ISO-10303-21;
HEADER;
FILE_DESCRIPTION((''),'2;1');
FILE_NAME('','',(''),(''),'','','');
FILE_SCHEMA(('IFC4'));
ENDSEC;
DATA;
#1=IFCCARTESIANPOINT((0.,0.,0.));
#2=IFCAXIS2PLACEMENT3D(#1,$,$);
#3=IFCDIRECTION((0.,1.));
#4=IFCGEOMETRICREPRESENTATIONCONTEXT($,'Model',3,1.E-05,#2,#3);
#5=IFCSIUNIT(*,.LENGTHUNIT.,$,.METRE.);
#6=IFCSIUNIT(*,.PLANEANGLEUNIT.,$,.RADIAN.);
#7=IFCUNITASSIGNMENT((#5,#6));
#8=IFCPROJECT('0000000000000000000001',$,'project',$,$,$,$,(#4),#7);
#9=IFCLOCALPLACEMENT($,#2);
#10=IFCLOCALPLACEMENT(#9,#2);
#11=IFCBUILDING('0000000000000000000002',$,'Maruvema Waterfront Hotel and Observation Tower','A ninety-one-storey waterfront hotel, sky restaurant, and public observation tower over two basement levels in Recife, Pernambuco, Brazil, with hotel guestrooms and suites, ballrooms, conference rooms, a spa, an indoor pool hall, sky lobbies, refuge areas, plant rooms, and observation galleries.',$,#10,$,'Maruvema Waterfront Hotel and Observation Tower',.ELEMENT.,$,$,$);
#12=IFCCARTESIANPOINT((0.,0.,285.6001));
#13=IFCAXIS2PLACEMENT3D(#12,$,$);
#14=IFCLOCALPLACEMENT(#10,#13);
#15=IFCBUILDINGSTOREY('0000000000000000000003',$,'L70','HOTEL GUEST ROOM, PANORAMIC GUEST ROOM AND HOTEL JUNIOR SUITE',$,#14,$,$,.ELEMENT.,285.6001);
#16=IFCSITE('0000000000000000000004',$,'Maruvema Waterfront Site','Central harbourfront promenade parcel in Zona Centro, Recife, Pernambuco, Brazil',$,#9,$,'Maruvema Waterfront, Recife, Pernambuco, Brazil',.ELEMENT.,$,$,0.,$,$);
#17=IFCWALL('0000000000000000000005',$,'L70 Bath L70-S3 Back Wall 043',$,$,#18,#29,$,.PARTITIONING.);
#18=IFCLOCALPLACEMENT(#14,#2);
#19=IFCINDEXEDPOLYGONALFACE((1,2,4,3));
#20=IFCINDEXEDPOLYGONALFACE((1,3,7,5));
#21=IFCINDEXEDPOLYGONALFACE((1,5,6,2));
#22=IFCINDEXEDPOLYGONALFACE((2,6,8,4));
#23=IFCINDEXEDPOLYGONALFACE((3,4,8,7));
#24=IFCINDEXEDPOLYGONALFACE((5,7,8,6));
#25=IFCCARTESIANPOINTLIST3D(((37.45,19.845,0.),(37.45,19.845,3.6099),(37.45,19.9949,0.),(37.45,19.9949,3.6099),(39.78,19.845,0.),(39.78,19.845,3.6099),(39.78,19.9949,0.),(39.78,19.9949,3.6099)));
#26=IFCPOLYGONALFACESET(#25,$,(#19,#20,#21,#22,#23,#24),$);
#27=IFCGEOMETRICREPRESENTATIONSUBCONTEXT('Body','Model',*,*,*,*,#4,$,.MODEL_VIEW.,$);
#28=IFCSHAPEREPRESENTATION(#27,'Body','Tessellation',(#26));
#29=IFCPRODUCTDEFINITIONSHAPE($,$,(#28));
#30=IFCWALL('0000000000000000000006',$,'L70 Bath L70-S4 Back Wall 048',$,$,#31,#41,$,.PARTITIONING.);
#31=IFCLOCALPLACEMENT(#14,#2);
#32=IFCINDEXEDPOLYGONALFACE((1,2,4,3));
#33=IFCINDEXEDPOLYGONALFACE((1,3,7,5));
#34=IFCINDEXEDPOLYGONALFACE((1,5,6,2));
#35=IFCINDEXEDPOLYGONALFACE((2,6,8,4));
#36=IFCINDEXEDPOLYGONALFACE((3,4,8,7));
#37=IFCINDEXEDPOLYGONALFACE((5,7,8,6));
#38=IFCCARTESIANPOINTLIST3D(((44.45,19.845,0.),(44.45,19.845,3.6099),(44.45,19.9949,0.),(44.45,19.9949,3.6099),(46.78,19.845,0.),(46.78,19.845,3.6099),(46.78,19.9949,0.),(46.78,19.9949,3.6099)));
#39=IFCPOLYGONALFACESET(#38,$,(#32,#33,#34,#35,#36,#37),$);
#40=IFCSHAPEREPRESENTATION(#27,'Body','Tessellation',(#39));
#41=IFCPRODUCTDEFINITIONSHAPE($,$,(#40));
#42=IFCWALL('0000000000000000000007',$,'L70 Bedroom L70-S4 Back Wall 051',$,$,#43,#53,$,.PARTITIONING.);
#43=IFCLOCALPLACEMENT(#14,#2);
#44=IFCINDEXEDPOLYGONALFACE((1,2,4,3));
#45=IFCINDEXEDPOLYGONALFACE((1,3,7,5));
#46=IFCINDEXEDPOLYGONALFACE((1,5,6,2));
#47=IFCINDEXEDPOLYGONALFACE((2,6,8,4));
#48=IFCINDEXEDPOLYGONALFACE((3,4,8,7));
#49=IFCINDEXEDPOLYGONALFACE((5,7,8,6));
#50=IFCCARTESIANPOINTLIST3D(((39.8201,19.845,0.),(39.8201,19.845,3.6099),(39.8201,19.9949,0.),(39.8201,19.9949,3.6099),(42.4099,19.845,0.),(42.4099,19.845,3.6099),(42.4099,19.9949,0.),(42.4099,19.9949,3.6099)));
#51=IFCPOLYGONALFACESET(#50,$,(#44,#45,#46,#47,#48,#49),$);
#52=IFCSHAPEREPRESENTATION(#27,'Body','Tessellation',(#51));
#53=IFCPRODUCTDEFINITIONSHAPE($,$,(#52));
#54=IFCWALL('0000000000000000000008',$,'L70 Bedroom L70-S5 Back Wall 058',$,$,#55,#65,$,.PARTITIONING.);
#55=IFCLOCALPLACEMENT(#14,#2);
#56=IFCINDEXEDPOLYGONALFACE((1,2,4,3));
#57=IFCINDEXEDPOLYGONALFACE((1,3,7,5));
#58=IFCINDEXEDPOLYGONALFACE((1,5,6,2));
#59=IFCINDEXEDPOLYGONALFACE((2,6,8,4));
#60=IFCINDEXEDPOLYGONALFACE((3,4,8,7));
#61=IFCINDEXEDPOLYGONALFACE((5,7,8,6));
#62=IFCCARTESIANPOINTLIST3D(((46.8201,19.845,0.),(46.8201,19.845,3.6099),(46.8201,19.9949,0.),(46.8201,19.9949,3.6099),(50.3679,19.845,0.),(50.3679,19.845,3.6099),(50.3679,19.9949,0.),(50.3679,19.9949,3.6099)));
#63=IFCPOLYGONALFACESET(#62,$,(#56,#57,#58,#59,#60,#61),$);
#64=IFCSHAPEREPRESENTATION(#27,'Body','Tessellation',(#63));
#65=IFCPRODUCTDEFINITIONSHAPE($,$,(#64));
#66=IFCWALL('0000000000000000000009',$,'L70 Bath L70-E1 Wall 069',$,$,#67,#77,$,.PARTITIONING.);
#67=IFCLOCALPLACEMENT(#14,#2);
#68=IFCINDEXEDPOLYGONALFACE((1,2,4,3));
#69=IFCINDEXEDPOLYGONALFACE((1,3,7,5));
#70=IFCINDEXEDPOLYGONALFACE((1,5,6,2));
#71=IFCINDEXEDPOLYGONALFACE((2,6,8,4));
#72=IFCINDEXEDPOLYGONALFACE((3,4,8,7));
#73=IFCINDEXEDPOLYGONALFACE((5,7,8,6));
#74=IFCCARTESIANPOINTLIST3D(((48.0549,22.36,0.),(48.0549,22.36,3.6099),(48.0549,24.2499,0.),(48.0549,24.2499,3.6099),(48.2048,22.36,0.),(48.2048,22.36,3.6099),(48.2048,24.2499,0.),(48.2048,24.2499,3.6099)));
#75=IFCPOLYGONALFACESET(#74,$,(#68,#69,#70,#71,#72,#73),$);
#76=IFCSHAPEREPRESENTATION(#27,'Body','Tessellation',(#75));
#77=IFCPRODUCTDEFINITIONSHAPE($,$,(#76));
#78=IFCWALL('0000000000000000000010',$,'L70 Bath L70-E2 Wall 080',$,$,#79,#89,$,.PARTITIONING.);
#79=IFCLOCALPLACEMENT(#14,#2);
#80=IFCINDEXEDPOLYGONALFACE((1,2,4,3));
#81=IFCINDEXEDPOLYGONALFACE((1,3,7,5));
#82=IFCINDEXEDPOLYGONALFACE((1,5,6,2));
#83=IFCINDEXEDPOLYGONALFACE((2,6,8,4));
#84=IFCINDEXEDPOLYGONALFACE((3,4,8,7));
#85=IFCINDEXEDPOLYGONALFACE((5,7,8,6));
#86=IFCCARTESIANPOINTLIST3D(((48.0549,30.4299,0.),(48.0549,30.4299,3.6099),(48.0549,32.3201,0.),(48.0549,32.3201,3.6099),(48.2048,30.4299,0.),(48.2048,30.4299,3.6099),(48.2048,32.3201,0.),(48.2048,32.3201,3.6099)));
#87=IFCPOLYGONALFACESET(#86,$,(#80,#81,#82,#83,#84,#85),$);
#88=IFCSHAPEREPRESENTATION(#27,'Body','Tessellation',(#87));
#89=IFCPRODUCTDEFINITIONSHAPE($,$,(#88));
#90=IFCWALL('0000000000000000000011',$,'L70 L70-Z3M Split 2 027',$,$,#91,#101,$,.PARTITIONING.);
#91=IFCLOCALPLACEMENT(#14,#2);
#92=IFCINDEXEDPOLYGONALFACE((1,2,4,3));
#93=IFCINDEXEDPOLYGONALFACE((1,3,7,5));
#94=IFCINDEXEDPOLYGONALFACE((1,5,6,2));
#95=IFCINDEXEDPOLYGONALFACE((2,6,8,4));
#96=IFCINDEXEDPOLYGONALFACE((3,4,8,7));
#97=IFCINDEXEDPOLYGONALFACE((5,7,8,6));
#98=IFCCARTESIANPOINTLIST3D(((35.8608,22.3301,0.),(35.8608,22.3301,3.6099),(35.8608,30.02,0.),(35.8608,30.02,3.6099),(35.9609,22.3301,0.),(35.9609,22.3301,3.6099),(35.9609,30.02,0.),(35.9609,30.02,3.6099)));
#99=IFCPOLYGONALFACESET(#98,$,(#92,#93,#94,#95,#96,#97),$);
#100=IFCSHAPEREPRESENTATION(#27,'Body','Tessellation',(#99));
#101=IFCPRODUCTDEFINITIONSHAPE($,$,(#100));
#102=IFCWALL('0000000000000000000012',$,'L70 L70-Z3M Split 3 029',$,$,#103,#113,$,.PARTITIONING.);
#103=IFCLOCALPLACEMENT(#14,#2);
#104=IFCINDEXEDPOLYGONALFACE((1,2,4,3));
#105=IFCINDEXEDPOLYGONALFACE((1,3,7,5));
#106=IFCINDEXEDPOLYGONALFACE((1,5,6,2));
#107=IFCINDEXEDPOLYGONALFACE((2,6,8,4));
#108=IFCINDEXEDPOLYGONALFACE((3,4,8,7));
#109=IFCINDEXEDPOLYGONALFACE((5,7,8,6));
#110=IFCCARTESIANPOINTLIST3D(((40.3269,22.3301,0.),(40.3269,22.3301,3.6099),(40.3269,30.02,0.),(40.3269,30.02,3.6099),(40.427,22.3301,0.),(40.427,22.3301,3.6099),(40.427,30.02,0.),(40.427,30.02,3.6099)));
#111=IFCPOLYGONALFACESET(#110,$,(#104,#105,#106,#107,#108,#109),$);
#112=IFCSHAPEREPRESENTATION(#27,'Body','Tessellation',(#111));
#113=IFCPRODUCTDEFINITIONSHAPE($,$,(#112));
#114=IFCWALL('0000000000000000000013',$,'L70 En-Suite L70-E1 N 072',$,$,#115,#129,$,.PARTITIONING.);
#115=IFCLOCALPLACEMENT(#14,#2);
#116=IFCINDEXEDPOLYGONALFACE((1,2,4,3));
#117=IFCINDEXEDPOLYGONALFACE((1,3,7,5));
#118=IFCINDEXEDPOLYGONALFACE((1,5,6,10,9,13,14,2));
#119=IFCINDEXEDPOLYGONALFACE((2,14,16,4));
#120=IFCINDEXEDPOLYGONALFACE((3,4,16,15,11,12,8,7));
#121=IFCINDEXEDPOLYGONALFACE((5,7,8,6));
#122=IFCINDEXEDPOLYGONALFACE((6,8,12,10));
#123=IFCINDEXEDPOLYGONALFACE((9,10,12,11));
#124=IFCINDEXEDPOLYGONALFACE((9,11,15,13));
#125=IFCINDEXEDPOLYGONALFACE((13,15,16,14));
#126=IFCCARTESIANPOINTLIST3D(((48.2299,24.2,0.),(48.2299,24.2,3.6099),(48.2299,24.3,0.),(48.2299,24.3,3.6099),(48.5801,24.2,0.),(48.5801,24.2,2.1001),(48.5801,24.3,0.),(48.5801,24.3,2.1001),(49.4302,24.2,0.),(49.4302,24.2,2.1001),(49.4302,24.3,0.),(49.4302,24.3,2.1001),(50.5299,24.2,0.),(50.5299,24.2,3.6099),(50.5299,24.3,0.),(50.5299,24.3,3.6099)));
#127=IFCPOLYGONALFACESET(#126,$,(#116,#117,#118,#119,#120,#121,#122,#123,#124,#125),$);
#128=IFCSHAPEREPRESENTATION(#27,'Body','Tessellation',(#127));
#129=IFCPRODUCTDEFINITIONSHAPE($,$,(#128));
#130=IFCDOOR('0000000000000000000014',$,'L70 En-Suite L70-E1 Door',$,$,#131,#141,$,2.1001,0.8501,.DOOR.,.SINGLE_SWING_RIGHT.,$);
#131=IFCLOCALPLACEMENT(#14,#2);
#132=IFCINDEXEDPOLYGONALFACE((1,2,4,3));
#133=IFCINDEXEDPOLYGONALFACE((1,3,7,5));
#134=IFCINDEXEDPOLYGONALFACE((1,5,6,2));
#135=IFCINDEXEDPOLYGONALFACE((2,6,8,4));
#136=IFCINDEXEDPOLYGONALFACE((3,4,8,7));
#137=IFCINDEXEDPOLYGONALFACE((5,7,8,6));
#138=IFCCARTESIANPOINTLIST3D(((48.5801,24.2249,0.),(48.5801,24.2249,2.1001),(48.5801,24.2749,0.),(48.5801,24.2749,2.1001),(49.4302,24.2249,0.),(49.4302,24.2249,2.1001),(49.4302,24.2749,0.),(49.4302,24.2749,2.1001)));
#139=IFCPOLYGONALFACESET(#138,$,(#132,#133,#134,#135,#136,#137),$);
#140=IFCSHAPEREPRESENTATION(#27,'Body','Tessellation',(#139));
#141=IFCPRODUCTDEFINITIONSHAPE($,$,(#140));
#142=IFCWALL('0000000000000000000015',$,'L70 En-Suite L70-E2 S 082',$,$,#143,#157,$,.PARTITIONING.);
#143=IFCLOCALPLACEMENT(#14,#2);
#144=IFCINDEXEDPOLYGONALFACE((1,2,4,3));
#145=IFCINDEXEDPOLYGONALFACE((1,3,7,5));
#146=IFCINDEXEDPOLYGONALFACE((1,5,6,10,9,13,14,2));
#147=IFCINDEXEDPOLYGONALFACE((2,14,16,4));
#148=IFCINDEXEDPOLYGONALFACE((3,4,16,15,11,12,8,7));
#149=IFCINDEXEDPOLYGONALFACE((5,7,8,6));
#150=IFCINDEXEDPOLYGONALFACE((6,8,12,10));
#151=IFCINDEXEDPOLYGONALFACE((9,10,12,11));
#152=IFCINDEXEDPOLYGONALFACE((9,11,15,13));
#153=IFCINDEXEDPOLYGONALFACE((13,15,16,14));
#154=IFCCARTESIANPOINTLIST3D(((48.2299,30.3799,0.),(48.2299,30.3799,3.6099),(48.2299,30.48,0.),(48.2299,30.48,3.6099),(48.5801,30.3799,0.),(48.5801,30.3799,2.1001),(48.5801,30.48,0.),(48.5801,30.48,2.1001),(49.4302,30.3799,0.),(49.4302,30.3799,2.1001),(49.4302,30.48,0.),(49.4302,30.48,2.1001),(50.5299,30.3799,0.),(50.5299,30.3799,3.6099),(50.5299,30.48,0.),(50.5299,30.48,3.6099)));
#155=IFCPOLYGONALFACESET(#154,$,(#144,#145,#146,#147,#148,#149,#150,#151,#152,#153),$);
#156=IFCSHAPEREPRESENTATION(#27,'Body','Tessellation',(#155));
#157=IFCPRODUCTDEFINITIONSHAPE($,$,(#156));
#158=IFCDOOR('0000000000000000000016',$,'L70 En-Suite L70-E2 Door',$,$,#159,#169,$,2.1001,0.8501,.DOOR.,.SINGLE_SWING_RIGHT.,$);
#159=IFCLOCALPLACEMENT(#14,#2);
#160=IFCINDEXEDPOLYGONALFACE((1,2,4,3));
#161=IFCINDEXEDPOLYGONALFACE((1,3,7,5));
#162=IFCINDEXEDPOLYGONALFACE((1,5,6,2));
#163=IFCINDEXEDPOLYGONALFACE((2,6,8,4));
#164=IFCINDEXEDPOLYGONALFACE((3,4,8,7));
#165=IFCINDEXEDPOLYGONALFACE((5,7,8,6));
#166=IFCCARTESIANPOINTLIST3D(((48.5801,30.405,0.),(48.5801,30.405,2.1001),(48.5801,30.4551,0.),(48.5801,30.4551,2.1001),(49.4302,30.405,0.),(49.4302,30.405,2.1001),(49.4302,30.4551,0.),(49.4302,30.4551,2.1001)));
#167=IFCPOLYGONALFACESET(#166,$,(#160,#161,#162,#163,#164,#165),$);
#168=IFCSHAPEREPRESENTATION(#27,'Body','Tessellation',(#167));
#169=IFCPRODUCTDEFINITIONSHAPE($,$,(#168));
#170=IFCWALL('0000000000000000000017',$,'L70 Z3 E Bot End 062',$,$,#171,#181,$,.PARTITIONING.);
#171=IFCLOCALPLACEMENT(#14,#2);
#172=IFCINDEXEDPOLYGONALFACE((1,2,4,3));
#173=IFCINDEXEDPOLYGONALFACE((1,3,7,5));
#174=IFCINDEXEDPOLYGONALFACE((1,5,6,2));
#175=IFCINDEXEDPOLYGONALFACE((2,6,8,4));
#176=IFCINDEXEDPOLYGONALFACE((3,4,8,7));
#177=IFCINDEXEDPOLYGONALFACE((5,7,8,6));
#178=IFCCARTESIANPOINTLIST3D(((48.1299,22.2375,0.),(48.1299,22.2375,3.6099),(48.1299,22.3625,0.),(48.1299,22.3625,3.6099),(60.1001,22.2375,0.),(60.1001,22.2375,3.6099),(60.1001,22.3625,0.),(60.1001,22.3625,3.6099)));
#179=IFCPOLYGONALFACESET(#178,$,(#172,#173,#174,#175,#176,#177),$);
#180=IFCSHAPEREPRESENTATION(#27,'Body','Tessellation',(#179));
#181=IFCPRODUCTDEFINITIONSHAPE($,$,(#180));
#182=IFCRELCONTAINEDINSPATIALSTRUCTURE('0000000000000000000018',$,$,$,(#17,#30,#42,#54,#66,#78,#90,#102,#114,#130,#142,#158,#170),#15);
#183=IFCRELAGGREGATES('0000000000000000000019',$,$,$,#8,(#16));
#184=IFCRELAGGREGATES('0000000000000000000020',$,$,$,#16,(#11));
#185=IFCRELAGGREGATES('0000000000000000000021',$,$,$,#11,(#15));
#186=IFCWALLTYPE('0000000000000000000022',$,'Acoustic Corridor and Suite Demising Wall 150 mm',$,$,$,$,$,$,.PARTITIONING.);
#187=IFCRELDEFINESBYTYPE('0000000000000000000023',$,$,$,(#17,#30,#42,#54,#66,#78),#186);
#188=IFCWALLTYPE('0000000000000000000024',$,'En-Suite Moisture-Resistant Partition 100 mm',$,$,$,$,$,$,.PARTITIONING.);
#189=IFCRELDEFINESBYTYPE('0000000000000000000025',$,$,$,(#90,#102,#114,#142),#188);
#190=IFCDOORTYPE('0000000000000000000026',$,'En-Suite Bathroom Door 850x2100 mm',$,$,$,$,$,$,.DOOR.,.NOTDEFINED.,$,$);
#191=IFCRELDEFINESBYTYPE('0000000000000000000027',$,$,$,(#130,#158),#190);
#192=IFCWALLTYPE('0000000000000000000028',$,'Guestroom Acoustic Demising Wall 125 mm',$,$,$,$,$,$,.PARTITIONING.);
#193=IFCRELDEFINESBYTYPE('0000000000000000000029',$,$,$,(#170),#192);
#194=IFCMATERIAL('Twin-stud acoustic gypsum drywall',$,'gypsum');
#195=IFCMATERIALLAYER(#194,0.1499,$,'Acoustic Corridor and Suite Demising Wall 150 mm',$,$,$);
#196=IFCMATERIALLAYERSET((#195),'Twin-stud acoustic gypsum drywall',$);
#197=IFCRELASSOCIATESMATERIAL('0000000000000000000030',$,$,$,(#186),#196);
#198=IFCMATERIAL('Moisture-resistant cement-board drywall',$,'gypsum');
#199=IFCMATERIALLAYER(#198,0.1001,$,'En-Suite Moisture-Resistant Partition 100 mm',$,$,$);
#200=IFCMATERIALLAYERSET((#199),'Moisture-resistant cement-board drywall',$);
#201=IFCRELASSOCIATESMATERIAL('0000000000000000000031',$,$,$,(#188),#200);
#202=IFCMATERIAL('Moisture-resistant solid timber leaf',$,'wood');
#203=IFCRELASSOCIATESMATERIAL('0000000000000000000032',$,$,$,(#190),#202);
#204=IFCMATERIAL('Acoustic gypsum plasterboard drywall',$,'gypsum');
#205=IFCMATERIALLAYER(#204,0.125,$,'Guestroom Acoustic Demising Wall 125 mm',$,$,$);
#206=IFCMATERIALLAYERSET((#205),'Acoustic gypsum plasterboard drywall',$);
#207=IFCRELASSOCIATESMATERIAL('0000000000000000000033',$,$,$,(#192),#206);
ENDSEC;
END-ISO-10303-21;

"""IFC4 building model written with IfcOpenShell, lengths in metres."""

from ifc_helpers import new_model, si_unit, direction, frame, frame_2d, origin, place, context, subcontext, project, spatial, rectangle, extrude, material, layer, layer_set, type_object, element, fill, save


model = new_model("IFC4")

# Units and contexts
model_context = context("Model", 3, precision=1e-05, world=origin(), true_north=direction((0.0, 1.0)))
body_context = subcontext(model_context, "Body", "Model", "MODEL_VIEW")
ifc_project = project(units=[si_unit("LENGTHUNIT", "METRE"), si_unit("PLANEANGLEUNIT", "RADIAN")], contexts=[model_context])

# Site, building, storey
site_placement = place(None, origin())
site = spatial("IfcSite", under=ifc_project, at=site_placement, Name="Maruvema Waterfront Site", Description="Central harbourfront promenade parcel in Zona Centro, Recife, Pernambuco, Brazil", LongName="Maruvema Waterfront, Recife, Pernambuco, Brazil", CompositionType="ELEMENT", RefElevation=0.0)
building_placement = place(site_placement, origin())
building = spatial("IfcBuilding", under=site, at=building_placement, Name="Maruvema Waterfront Hotel and Observation Tower", Description="A ninety-one-storey waterfront hotel, sky restaurant, and public observation tower over two basement levels in Recife, Pernambuco, Brazil, with hotel guestrooms and suites, ballrooms, conference rooms, a spa, an indoor pool hall, sky lobbies, refuge areas, plant rooms, and observation galleries.", LongName="Maruvema Waterfront Hotel and Observation Tower", CompositionType="ELEMENT")
storey_placement = place(building_placement, frame((0.0, 0.0, 285.6001)))
storey = spatial("IfcBuildingStorey", under=building, at=storey_placement, Name="L70", Description="HOTEL GUEST ROOM, PANORAMIC GUEST ROOM AND HOTEL JUNIOR SUITE", CompositionType="ELEMENT", Elevation=285.6001)

# Shared definitions
ifc_material_1 = material(Name="Twin-stud acoustic gypsum drywall", Category="gypsum")
ifc_layer_1 = layer(ifc_material_1, 0.1499, Name="Acoustic Corridor and Suite Demising Wall 150 mm")
ifc_layer_set_1 = layer_set([ifc_layer_1], Name="Twin-stud acoustic gypsum drywall")
wall_type_1 = type_object("IfcWallType", Name="Acoustic Corridor and Suite Demising Wall 150 mm", PredefinedType="PARTITIONING", material=ifc_layer_set_1)

# Walls
for number, where, z_axis, x_axis, name in (
    (1, (37.45, 19.9199, 0.0), (0.0, 0.0, 1.0), (1.0, 0.0, 0.0), "L70 Bath L70-S3 Back Wall 043"),
    (2, (44.45, 19.9199, 0.0), (0.0, 0.0, 1.0), (1.0, 0.0, 0.0), "L70 Bath L70-S4 Back Wall 048"),
):
    element("IfcWall", number, at=place(storey_placement, frame(where, z_axis=z_axis, x_axis=x_axis)), inside=storey, type_object=wall_type_1, Name=name, PredefinedType="PARTITIONING", context=body_context, shape_type="SweptSolid", body=[
        extrude(rectangle(XDim=2.3301, YDim=0.1499, at=frame_2d((1.165, 0.0))), origin(), (0.0, 0.0, 1.0), 3.6099),
    ])
wall_1_placement = place(storey_placement, frame((39.8201, 19.9199, 0.0), z_axis=(0.0, 0.0, 1.0), x_axis=(1.0, 0.0, 0.0)))
element("IfcWall", 3, at=wall_1_placement, inside=storey, type_object=wall_type_1, Name="L70 Bedroom L70-S4 Back Wall 051", PredefinedType="PARTITIONING", context=body_context, shape_type="SweptSolid", body=[
    extrude(rectangle(XDim=2.5898, YDim=0.1499, at=frame_2d((1.2949, 0.0))), origin(), (0.0, 0.0, 1.0), 3.6099),
])

# Walls
wall_2_placement = place(storey_placement, frame((46.8201, 19.9199, 0.0), z_axis=(0.0, 0.0, 1.0), x_axis=(1.0, 0.0, 0.0)))
element("IfcWall", 4, at=wall_2_placement, inside=storey, type_object=wall_type_1, Name="L70 Bedroom L70-S5 Back Wall 058", PredefinedType="PARTITIONING", context=body_context, shape_type="SweptSolid", body=[
    extrude(rectangle(XDim=3.5479, YDim=0.1499, at=frame_2d((1.7739, 0.0))), origin(), (0.0, 0.0, 1.0), 3.6099),
])
wall_3_placement = place(storey_placement, frame((48.1299, 22.3601, 0.0), z_axis=(0.0, 0.0, 1.0), x_axis=(0.0, 1.0, 0.0)))
element("IfcWall", 5, at=wall_3_placement, inside=storey, type_object=wall_type_1, Name="L70 Bath L70-E1 Wall 069", PredefinedType="PARTITIONING", context=body_context, shape_type="SweptSolid", body=[
    extrude(rectangle(XDim=1.8899, YDim=0.1499, at=frame_2d((0.9448, 0.0))), origin(), (0.0, 0.0, 1.0), 3.6099),
])

# Walls
wall_4_placement = place(storey_placement, frame((48.1299, 30.4299, 0.0), z_axis=(0.0, 0.0, 1.0), x_axis=(0.0, 1.0, 0.0)))
element("IfcWall", 6, at=wall_4_placement, inside=storey, type_object=wall_type_1, Name="L70 Bath L70-E2 Wall 080", PredefinedType="PARTITIONING", context=body_context, shape_type="SweptSolid", body=[
    extrude(rectangle(XDim=1.8901, YDim=0.1499, at=frame_2d((0.9451, 0.0))), origin(), (0.0, 0.0, 1.0), 3.6099),
])
ifc_material_2 = material(Name="Moisture-resistant cement-board drywall", Category="gypsum")
ifc_layer_2 = layer(ifc_material_2, 0.1001, Name="En-Suite Moisture-Resistant Partition 100 mm")
ifc_layer_set_2 = layer_set([ifc_layer_2], Name="Moisture-resistant cement-board drywall")
wall_type_2 = type_object("IfcWallType", Name="En-Suite Moisture-Resistant Partition 100 mm", PredefinedType="PARTITIONING", material=ifc_layer_set_2)
for number, where, z_axis, x_axis, name in (
    (7, (35.9109, 22.3301, 0.0), (0.0, 0.0, 1.0), (0.0, 1.0, 0.0), "L70 L70-Z3M Split 2 027"),
    (8, (40.377, 22.3301, 0.0), (0.0, 0.0, 1.0), (0.0, 1.0, 0.0), "L70 L70-Z3M Split 3 029"),
):
    element("IfcWall", number, at=place(storey_placement, frame(where, z_axis=z_axis, x_axis=x_axis)), inside=storey, type_object=wall_type_2, Name=name, PredefinedType="PARTITIONING", context=body_context, shape_type="SweptSolid", body=[
        extrude(rectangle(XDim=7.6899, YDim=0.1001, at=frame_2d((3.845, 0.0))), origin(), (0.0, 0.0, 1.0), 3.6099),
    ])

# Walls, openings, doors
wall_5_placement = place(storey_placement, frame((48.23, 24.25, 0.0), z_axis=(0.0, 0.0, 1.0), x_axis=(1.0, 0.0, 0.0)))
wall_5 = element("IfcWall", 9, at=wall_5_placement, inside=storey, type_object=wall_type_2, Name="L70 En-Suite L70-E1 N 072", PredefinedType="PARTITIONING", context=body_context, shape_type="SweptSolid", body=[
    extrude(rectangle(XDim=2.3, YDim=0.1001, at=frame_2d((1.1499, 0.0))), origin(), (0.0, 0.0, 1.0), 3.6099),
])
opening_1_placement = place(wall_5_placement, frame((0.3501, 0.0, 0.0)))
opening_1 = element("IfcOpeningElement", 10, at=opening_1_placement, cuts=wall_5, PredefinedType="OPENING", context=body_context, shape_type="SweptSolid", body=[
    extrude(rectangle(XDim=0.8501, YDim=2.1001, at=frame_2d((0.425, 1.05))), frame((0.0, 0.0601, 0.0), z_axis=(0.0, -1.0, 0.0), x_axis=(1.0, 0.0, 0.0)), (0.0, 0.0, 1.0), 0.1201),
])
ifc_material_3 = material(Name="Moisture-resistant solid timber leaf", Category="wood")
door_type_1 = type_object("IfcDoorType", Name="En-Suite Bathroom Door 850x2100 mm", OperationType="NOTDEFINED", PredefinedType="DOOR", material=ifc_material_3)
door_1_placement = place(opening_1_placement, origin())
door_1 = element("IfcDoor", 11, at=door_1_placement, inside=storey, type_object=door_type_1, Name="L70 En-Suite L70-E1 Door", OperationType="SINGLE_SWING_RIGHT", OverallHeight=2.1001, OverallWidth=0.8501, PredefinedType="DOOR", context=body_context, shape_type="SweptSolid", body=[
    extrude(rectangle(XDim=0.8501, YDim=2.1001, at=frame_2d((0.425, 1.05))), frame((0.0, 0.0249, 0.0), z_axis=(0.0, -1.0, 0.0), x_axis=(1.0, 0.0, 0.0)), (0.0, 0.0, 1.0), 0.05),
])
fill(opening_1, door_1)
wall_6_placement = place(storey_placement, frame((48.23, 30.4299, 0.0), z_axis=(0.0, 0.0, 1.0), x_axis=(1.0, 0.0, 0.0)))
wall_6 = element("IfcWall", 12, at=wall_6_placement, inside=storey, type_object=wall_type_2, Name="L70 En-Suite L70-E2 S 082", PredefinedType="PARTITIONING", context=body_context, shape_type="SweptSolid", body=[
    extrude(rectangle(XDim=2.3, YDim=0.1001, at=frame_2d((1.1499, 0.0))), origin(), (0.0, 0.0, 1.0), 3.6099),
])
opening_2_placement = place(wall_6_placement, frame((0.3501, 0.0, 0.0)))
opening_2 = element("IfcOpeningElement", 13, at=opening_2_placement, cuts=wall_6, PredefinedType="OPENING", context=body_context, shape_type="SweptSolid", body=[
    extrude(rectangle(XDim=0.8501, YDim=2.1001, at=frame_2d((0.425, 1.05))), frame((0.0, 0.0601, 0.0), z_axis=(0.0, -1.0, 0.0), x_axis=(1.0, 0.0, 0.0)), (0.0, 0.0, 1.0), 0.1201),
])
door_2_placement = place(opening_2_placement, frame((0.8501, 0.0, 0.0), z_axis=(0.0, 0.0, 1.0), x_axis=(-1.0, 0.0, 0.0)))
door_2 = element("IfcDoor", 14, at=door_2_placement, inside=storey, type_object=door_type_1, Name="L70 En-Suite L70-E2 Door", OperationType="SINGLE_SWING_RIGHT", OverallHeight=2.1001, OverallWidth=0.8501, PredefinedType="DOOR", context=body_context, shape_type="SweptSolid", body=[
    extrude(rectangle(XDim=0.8501, YDim=2.1001, at=frame_2d((0.425, 1.05))), frame((0.0, 0.0249, 0.0), z_axis=(0.0, -1.0, 0.0), x_axis=(1.0, 0.0, 0.0)), (0.0, 0.0, 1.0), 0.05),
])
fill(opening_2, door_2)

# Wall
ifc_material_4 = material(Name="Acoustic gypsum plasterboard drywall", Category="gypsum")
ifc_layer_3 = layer(ifc_material_4, 0.125, Name="Guestroom Acoustic Demising Wall 125 mm")
ifc_layer_set_3 = layer_set([ifc_layer_3], Name="Acoustic gypsum plasterboard drywall")
wall_type_3 = type_object("IfcWallType", Name="Guestroom Acoustic Demising Wall 125 mm", PredefinedType="PARTITIONING", material=ifc_layer_set_3)
for number, where, z_axis, x_axis, name in (
    (15, (48.1299, 22.3, 0.0), (0.0, 0.0, 1.0), (1.0, 0.0, 0.0), "L70 Z3 E Bot End 062"),
):
    element("IfcWall", number, at=place(storey_placement, frame(where, z_axis=z_axis, x_axis=x_axis)), inside=storey, type_object=wall_type_3, Name=name, PredefinedType="PARTITIONING", context=body_context, shape_type="SweptSolid", body=[
        extrude(rectangle(XDim=11.9702, YDim=0.125, at=frame_2d((5.9851, 0.0))), origin(), (0.0, 0.0, 1.0), 3.6099),
    ])

save(model, "model.ifc")
